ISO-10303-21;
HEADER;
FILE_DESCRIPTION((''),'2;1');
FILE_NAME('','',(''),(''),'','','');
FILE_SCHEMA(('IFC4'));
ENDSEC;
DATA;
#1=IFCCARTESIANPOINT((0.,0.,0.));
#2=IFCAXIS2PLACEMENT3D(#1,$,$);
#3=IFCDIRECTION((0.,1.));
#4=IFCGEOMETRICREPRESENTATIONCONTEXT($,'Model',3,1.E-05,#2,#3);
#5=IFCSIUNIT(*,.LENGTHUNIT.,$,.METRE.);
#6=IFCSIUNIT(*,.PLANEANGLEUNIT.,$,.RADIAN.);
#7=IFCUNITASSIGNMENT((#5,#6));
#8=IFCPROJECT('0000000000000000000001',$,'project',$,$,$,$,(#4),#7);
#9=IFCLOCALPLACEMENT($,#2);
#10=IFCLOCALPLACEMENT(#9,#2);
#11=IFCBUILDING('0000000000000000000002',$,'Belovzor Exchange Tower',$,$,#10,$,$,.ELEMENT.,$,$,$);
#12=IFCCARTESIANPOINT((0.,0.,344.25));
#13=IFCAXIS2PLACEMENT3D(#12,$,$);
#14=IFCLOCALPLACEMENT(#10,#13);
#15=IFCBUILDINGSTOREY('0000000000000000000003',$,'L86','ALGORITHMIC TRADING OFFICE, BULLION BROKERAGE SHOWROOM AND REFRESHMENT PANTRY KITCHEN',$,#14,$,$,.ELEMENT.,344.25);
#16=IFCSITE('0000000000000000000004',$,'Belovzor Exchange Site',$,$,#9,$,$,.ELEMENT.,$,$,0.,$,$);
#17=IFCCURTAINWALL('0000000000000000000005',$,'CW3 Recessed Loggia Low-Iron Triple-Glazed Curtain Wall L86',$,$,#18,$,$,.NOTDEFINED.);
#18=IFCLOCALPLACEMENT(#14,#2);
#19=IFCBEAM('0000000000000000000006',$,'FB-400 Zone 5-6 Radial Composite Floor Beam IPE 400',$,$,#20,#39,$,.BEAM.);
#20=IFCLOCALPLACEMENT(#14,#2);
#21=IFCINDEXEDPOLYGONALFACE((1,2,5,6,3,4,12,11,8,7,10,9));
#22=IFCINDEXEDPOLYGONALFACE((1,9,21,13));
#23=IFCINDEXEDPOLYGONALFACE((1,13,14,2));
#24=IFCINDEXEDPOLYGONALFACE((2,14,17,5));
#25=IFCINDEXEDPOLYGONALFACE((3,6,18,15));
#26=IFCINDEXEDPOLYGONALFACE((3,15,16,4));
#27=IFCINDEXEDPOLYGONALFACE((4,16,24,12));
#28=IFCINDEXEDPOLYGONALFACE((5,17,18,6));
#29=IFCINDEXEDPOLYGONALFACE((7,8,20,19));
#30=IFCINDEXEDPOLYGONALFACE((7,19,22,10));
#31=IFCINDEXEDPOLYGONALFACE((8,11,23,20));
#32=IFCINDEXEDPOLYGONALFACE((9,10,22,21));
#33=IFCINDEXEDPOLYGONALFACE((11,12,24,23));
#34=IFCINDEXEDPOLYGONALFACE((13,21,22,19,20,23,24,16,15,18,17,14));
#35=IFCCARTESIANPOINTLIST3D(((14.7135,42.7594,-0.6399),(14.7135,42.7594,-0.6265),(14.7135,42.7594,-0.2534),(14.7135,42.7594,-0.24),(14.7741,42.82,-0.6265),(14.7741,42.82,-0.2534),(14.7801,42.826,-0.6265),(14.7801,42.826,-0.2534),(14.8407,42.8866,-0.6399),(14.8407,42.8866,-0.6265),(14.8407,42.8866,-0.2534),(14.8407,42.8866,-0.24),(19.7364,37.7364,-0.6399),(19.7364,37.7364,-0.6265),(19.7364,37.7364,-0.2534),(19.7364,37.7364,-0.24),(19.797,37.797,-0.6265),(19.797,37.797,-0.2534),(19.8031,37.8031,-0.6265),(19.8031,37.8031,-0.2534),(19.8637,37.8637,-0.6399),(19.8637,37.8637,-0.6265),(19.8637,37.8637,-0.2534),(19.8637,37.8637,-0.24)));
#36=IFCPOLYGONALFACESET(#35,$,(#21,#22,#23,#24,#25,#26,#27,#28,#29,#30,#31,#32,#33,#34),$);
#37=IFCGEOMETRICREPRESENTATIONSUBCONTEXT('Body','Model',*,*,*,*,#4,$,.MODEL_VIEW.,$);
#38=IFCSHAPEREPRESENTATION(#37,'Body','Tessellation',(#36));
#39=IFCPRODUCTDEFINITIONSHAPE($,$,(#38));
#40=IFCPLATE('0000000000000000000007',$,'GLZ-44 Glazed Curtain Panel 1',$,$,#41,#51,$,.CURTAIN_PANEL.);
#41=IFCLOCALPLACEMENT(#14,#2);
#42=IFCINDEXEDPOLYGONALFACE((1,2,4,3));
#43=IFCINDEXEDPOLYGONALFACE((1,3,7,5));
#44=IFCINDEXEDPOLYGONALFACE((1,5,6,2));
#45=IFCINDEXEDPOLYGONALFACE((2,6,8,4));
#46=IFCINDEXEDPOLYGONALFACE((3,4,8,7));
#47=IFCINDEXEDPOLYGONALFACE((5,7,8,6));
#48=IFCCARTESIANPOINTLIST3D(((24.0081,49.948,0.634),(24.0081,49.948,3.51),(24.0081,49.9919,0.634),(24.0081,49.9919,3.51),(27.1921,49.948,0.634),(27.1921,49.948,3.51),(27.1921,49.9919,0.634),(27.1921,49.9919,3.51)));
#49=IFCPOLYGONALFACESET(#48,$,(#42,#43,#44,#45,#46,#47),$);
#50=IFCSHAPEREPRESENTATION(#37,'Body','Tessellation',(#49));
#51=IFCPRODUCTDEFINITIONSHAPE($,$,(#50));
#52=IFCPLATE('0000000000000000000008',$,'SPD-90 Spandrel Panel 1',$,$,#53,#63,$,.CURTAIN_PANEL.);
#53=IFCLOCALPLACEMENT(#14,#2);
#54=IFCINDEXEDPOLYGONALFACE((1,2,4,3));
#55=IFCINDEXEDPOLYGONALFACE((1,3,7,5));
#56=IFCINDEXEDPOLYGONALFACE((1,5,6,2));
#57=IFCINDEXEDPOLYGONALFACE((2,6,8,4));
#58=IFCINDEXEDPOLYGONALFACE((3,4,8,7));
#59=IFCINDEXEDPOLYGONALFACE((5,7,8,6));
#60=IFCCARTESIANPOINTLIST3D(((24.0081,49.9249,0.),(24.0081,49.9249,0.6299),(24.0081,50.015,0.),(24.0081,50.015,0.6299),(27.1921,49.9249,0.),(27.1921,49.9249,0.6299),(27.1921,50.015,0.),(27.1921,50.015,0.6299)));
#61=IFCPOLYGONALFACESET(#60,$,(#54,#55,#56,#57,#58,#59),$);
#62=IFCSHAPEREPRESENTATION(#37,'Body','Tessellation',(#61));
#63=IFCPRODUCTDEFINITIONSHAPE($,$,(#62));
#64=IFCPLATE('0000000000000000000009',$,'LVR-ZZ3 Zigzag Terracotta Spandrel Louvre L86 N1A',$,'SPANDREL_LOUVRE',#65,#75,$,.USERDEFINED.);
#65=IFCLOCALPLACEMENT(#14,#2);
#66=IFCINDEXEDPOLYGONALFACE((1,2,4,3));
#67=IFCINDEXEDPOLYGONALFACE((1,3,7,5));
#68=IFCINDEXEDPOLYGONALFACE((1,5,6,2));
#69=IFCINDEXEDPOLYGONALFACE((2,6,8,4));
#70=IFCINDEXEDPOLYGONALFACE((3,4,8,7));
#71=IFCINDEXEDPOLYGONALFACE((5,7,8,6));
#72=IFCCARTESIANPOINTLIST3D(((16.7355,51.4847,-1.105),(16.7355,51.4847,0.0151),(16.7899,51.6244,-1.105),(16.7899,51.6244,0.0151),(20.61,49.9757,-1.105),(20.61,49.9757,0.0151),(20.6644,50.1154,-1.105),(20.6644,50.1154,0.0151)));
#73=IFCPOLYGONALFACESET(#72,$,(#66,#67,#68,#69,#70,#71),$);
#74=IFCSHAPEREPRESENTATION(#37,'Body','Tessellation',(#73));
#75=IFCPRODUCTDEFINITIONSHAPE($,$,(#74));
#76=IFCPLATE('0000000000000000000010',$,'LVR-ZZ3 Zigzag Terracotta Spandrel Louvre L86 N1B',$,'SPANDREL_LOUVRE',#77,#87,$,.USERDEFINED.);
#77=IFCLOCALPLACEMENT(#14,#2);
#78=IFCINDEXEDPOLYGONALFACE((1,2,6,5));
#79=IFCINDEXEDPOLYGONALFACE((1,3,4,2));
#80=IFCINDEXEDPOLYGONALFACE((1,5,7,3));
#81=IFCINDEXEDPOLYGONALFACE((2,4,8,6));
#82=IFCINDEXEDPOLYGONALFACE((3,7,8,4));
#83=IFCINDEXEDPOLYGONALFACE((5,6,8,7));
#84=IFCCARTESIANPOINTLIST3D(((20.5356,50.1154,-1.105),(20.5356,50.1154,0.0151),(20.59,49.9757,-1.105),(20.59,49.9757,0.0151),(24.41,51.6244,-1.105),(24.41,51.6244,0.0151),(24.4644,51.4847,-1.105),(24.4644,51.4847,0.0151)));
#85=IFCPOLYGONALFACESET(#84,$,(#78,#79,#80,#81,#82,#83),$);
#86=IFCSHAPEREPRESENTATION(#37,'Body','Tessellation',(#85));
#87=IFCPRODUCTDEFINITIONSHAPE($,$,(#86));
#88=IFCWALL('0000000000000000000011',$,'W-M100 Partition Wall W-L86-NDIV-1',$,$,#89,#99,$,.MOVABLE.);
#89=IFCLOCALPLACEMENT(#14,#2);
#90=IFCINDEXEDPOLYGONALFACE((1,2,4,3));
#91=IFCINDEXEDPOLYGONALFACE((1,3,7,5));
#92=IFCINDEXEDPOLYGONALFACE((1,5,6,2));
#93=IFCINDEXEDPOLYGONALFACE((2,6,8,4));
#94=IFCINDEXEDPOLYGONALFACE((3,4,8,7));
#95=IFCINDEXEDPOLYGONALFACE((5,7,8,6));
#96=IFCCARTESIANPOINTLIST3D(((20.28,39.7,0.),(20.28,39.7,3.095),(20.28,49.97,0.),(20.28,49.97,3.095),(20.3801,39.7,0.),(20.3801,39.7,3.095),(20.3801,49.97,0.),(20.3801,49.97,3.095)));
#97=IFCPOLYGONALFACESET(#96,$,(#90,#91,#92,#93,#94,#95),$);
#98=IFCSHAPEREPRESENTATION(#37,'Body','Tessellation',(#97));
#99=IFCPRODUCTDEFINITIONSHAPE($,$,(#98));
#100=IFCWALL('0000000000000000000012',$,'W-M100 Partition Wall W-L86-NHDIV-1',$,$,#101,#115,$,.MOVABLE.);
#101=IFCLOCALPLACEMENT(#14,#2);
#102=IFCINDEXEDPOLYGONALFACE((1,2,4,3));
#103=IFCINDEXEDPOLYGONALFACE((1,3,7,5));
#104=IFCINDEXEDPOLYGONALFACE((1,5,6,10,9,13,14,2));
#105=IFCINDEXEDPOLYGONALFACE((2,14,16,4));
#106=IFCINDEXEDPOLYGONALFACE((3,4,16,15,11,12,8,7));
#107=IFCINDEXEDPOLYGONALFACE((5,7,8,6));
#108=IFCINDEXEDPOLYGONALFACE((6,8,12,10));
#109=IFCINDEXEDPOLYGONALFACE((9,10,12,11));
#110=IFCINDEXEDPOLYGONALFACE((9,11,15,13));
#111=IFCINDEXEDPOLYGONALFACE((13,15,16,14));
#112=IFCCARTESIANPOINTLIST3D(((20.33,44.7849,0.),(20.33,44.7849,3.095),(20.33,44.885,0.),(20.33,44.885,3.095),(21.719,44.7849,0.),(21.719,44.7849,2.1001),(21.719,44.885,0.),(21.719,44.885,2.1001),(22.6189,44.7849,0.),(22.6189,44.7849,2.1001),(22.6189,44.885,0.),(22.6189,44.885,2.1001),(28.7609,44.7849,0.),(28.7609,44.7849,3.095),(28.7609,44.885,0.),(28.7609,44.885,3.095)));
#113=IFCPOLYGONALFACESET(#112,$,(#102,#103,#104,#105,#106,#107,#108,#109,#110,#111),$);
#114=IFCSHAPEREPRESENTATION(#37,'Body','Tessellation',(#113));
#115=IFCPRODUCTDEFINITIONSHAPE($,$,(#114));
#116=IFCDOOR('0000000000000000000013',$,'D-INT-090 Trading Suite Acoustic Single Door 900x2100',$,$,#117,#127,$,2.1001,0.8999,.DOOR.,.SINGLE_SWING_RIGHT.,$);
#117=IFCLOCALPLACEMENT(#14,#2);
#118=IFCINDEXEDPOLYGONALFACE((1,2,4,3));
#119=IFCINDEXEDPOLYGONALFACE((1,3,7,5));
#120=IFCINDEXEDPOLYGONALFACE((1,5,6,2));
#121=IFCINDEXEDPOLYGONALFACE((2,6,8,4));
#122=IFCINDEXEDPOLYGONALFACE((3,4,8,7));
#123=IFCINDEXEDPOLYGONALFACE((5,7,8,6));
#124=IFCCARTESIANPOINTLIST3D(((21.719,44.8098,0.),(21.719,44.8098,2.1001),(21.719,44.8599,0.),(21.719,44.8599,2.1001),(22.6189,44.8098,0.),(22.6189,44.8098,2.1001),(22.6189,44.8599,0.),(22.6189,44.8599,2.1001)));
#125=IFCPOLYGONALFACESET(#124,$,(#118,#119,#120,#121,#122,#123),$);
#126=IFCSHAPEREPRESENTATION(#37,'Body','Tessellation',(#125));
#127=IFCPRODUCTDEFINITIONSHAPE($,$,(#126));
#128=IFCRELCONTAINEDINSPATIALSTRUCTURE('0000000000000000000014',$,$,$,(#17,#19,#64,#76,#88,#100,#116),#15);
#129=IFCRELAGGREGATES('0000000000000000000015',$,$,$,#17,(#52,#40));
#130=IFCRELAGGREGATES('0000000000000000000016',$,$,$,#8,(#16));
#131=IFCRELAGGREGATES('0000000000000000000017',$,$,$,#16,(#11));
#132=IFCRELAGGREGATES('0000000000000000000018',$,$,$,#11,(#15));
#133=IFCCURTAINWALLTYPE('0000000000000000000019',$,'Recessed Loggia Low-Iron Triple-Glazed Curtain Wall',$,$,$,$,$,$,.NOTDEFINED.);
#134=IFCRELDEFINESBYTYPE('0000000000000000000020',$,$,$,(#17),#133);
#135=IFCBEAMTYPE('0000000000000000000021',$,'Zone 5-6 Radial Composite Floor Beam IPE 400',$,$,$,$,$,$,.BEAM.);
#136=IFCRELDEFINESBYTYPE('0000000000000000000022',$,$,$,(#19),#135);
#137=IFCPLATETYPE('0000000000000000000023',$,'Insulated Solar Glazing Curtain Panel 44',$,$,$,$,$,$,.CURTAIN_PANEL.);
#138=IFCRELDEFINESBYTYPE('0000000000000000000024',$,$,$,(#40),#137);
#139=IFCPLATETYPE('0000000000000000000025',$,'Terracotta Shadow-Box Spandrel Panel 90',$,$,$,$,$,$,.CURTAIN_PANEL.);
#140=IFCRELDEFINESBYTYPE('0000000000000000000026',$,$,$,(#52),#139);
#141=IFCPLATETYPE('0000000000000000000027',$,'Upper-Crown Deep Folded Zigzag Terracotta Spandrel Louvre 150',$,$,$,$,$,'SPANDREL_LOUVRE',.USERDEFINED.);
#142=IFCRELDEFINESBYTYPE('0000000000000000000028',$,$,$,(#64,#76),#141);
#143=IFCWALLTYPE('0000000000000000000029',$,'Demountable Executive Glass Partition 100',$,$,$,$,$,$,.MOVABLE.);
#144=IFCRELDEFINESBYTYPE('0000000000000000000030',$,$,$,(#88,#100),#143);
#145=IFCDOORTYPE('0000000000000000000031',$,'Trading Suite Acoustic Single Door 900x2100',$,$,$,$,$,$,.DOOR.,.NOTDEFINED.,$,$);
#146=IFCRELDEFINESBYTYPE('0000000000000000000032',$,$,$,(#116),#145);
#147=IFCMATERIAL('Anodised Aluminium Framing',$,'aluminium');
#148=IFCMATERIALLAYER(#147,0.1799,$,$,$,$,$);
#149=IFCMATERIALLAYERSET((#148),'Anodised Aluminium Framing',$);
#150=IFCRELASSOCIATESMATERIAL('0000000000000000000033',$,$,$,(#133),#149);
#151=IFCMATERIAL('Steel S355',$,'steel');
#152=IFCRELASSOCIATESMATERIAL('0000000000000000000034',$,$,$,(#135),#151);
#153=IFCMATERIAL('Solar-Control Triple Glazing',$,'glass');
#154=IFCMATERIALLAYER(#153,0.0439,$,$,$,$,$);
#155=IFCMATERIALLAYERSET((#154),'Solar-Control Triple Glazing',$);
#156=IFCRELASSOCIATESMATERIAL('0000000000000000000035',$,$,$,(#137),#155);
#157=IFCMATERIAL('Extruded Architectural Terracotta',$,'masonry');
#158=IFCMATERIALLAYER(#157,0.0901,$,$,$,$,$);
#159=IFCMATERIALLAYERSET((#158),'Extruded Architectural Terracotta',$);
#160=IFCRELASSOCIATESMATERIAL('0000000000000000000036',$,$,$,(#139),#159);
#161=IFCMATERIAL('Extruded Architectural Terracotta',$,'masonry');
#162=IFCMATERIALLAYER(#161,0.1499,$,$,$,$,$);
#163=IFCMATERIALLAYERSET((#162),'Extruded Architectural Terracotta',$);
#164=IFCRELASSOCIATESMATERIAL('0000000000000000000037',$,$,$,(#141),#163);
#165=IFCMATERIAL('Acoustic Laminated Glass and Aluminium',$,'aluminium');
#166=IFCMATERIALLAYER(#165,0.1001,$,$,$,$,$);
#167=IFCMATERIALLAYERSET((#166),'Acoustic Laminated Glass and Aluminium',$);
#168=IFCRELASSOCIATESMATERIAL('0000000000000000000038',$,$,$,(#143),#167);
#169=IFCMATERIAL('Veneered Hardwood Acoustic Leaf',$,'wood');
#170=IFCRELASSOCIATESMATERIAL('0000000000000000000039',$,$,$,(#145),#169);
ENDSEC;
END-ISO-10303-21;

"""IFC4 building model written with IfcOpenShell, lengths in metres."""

from ifc_helpers import new_model, si_unit, direction, frame, frame_2d, origin, origin_2d, place, context, subcontext, project, spatial, rectangle, i_section, extrude, material, layer, layer_set, material_profile, profile_set, type_object, element, fill, aggregate, save


model = new_model("IFC4")

# Units and contexts
model_context = context("Model", 3, precision=1e-05, world=origin(), true_north=direction((0.0, 1.0)))
body_context = subcontext(model_context, "Body", "Model", "MODEL_VIEW")
ifc_project = project(units=[si_unit("LENGTHUNIT", "METRE"), si_unit("PLANEANGLEUNIT", "RADIAN")], contexts=[model_context])

# Site, building, storey
site_placement = place(None, origin())
site = spatial("IfcSite", under=ifc_project, at=site_placement, Name="Belovzor Exchange Site", CompositionType="ELEMENT", RefElevation=0.0)
building_placement = place(site_placement, origin())
building = spatial("IfcBuilding", under=site, at=building_placement, Name="Belovzor Exchange Tower", CompositionType="ELEMENT")
storey_placement = place(building_placement, frame((0.0, 0.0, 344.25)))
storey = spatial("IfcBuildingStorey", under=building, at=storey_placement, Name="L86", Description="ALGORITHMIC TRADING OFFICE, BULLION BROKERAGE SHOWROOM AND REFRESHMENT PANTRY KITCHEN", CompositionType="ELEMENT", Elevation=344.25)

# Curtain wall
ifc_material_1 = material(Name="Anodised Aluminium Framing", Category="aluminium")
ifc_layer_1 = layer(ifc_material_1, 0.1799)
ifc_layer_set_1 = layer_set([ifc_layer_1], Name="Anodised Aluminium Framing")
curtain_wall_type = type_object("IfcCurtainWallType", Name="Recessed Loggia Low-Iron Triple-Glazed Curtain Wall", PredefinedType="NOTDEFINED", material=ifc_layer_set_1)
curtain_wall_placement = place(storey_placement, origin())
curtain_wall = element("IfcCurtainWall", 1, at=curtain_wall_placement, inside=storey, type_object=curtain_wall_type, Name="CW3 Recessed Loggia Low-Iron Triple-Glazed Curtain Wall L86", PredefinedType="NOTDEFINED")

# Beam
ifc_material_2 = material(Name="Steel S355", Category="steel")
ifc_material_profile_1 = material_profile(ifc_material_2, i_section(OverallWidth=0.1799, OverallDepth=0.3999, WebThickness=0.0085, FlangeThickness=0.0134, at=origin_2d()))
ifc_profile_set_1 = profile_set([ifc_material_profile_1], Name="Steel S355")
beam_type_1 = type_object("IfcBeamType", Name="Zone 5-6 Radial Composite Floor Beam IPE 400", PredefinedType="BEAM", material=ifc_profile_set_1)
beam_1_placement = place(storey_placement, frame((19.8, 37.8, -0.4399), z_axis=(-0.707107, 0.707107, 0.0), x_axis=(-0.707107, -0.707107, 0.0)))
element("IfcBeam", 2, at=beam_1_placement, inside=storey, type_object=beam_type_1, Name="FB-400 Zone 5-6 Radial Composite Floor Beam IPE 400", PredefinedType="BEAM", context=body_context, shape_type="SweptSolid", body=[
    extrude(i_section(OverallWidth=0.1799, OverallDepth=0.3999, WebThickness=0.0085, FlangeThickness=0.0134, at=origin_2d()), origin(), (0.0, 0.0, 1.0), 7.1035),
])

# Plates
ifc_material_3 = material(Name="Solar-Control Triple Glazing", Category="glass")
ifc_layer_2 = layer(ifc_material_3, 0.0439)
ifc_layer_set_2 = layer_set([ifc_layer_2], Name="Solar-Control Triple Glazing")
plate_type_1 = type_object("IfcPlateType", Name="Insulated Solar Glazing Curtain Panel 44", PredefinedType="CURTAIN_PANEL", material=ifc_layer_set_2)
plate_1_placement = place(storey_placement, frame((25.6001, 49.97, 0.634), z_axis=(0.0, 0.0, 1.0), x_axis=(1.0, 0.0, 0.0)))
plate_1 = element("IfcPlate", 3, at=plate_1_placement, type_object=plate_type_1, Name="GLZ-44 Glazed Curtain Panel 1", PredefinedType="CURTAIN_PANEL", context=body_context, shape_type="SweptSolid", body=[
    extrude(rectangle(XDim=3.1841, YDim=0.0439, at=origin_2d()), origin(), (0.0, 0.0, 1.0), 2.876),
])
ifc_material_4 = material(Name="Extruded Architectural Terracotta", Category="masonry")
ifc_layer_3 = layer(ifc_material_4, 0.0901)
ifc_layer_set_3 = layer_set([ifc_layer_3], Name="Extruded Architectural Terracotta")
plate_type_2 = type_object("IfcPlateType", Name="Terracotta Shadow-Box Spandrel Panel 90", PredefinedType="CURTAIN_PANEL", material=ifc_layer_set_3)
plate_2_placement = place(storey_placement, frame((25.6001, 49.97, 0.0), z_axis=(0.0, 0.0, 1.0), x_axis=(1.0, 0.0, 0.0)))
plate_2 = element("IfcPlate", 4, at=plate_2_placement, type_object=plate_type_2, Name="SPD-90 Spandrel Panel 1", PredefinedType="CURTAIN_PANEL", context=body_context, shape_type="SweptSolid", body=[
    extrude(rectangle(XDim=3.1841, YDim=0.0901, at=origin_2d()), origin(), (0.0, 0.0, 1.0), 0.6299),
])
aggregate(curtain_wall, [plate_2, plate_1])

# Plates
ifc_material_5 = material(Name="Extruded Architectural Terracotta", Category="masonry")
ifc_layer_4 = layer(ifc_material_5, 0.1499)
ifc_layer_set_4 = layer_set([ifc_layer_4], Name="Extruded Architectural Terracotta")
plate_type_3 = type_object("IfcPlateType", Name="Upper-Crown Deep Folded Zigzag Terracotta Spandrel Louvre 150", ElementType="SPANDREL_LOUVRE", PredefinedType="USERDEFINED", material=ifc_layer_set_4)
for number, where, z_axis, x_axis, name in (
    (5, (18.7, 50.8, -1.105), (0.0, 0.0, 1.0), (0.931818, -0.362926, 0.0), "LVR-ZZ3 Zigzag Terracotta Spandrel Louvre L86 N1A"),
    (6, (22.5, 50.8, -1.105), (0.0, 0.0, 1.0), (0.931818, 0.362926, 0.0), "LVR-ZZ3 Zigzag Terracotta Spandrel Louvre L86 N1B"),
):
    element("IfcPlate", number, at=place(storey_placement, frame(where, z_axis=z_axis, x_axis=x_axis)), inside=storey, type_object=plate_type_3, Name=name, ObjectType="SPANDREL_LOUVRE", PredefinedType="USERDEFINED", context=body_context, shape_type="SweptSolid", body=[
        extrude(rectangle(XDim=4.158, YDim=0.1499, at=origin_2d()), origin(), (0.0, 0.0, 1.0), 1.1201),
    ])

# Wall
ifc_material_6 = material(Name="Acoustic Laminated Glass and Aluminium", Category="aluminium")
ifc_layer_5 = layer(ifc_material_6, 0.1001)
ifc_layer_set_5 = layer_set([ifc_layer_5], Name="Acoustic Laminated Glass and Aluminium")
wall_type_1 = type_object("IfcWallType", Name="Demountable Executive Glass Partition 100", PredefinedType="MOVABLE", material=ifc_layer_set_5)
wall_1_placement = place(storey_placement, frame((20.3301, 39.7, 0.0), z_axis=(0.0, 0.0, 1.0), x_axis=(0.0, 1.0, 0.0)))
element("IfcWall", 7, at=wall_1_placement, inside=storey, type_object=wall_type_1, Name="W-M100 Partition Wall W-L86-NDIV-1", PredefinedType="MOVABLE", context=body_context, shape_type="SweptSolid", body=[
    extrude(rectangle(XDim=10.27, YDim=0.1001, at=frame_2d((5.135, 0.0))), origin(), (0.0, 0.0, 1.0), 3.095),
])

# Wall, opening, door
wall_2_placement = place(storey_placement, frame((20.3301, 44.835, 0.0), z_axis=(0.0, 0.0, 1.0), x_axis=(1.0, 0.0, 0.0)))
wall_2 = element("IfcWall", 8, at=wall_2_placement, inside=storey, type_object=wall_type_1, Name="W-M100 Partition Wall W-L86-NHDIV-1", PredefinedType="MOVABLE", context=body_context, shape_type="SweptSolid", body=[
    extrude(rectangle(XDim=8.4309, YDim=0.1001, at=frame_2d((4.2153, 0.0))), origin(), (0.0, 0.0, 1.0), 3.095),
])
opening_1_placement = place(wall_2_placement, frame((1.3889, 0.0, 0.0)))
opening_1 = element("IfcOpeningElement", 9, at=opening_1_placement, cuts=wall_2, PredefinedType="OPENING", context=body_context, shape_type="SweptSolid", body=[
    extrude(rectangle(XDim=0.8999, YDim=2.1001, at=frame_2d((0.45, 1.05))), frame((0.0, 0.0601, 0.0), z_axis=(0.0, -1.0, 0.0), x_axis=(1.0, 0.0, 0.0)), (0.0, 0.0, 1.0), 0.1201),
])
ifc_material_7 = material(Name="Veneered Hardwood Acoustic Leaf", Category="wood")
door_type = type_object("IfcDoorType", Name="Trading Suite Acoustic Single Door 900x2100", OperationType="NOTDEFINED", PredefinedType="DOOR", material=ifc_material_7)
door_1_placement = place(opening_1_placement, origin())
door_1 = element("IfcDoor", 10, at=door_1_placement, inside=storey, type_object=door_type, Name="D-INT-090 Trading Suite Acoustic Single Door 900x2100", OperationType="SINGLE_SWING_RIGHT", OverallHeight=2.1001, OverallWidth=0.8999, PredefinedType="DOOR", context=body_context, shape_type="SweptSolid", body=[
    extrude(rectangle(XDim=0.8999, YDim=2.1001, at=frame_2d((0.45, 1.05))), frame((0.0, 0.0249, 0.0), z_axis=(0.0, -1.0, 0.0), x_axis=(1.0, 0.0, 0.0)), (0.0, 0.0, 1.0), 0.05),
])
fill(opening_1, door_1)

save(model, "model.ifc")
